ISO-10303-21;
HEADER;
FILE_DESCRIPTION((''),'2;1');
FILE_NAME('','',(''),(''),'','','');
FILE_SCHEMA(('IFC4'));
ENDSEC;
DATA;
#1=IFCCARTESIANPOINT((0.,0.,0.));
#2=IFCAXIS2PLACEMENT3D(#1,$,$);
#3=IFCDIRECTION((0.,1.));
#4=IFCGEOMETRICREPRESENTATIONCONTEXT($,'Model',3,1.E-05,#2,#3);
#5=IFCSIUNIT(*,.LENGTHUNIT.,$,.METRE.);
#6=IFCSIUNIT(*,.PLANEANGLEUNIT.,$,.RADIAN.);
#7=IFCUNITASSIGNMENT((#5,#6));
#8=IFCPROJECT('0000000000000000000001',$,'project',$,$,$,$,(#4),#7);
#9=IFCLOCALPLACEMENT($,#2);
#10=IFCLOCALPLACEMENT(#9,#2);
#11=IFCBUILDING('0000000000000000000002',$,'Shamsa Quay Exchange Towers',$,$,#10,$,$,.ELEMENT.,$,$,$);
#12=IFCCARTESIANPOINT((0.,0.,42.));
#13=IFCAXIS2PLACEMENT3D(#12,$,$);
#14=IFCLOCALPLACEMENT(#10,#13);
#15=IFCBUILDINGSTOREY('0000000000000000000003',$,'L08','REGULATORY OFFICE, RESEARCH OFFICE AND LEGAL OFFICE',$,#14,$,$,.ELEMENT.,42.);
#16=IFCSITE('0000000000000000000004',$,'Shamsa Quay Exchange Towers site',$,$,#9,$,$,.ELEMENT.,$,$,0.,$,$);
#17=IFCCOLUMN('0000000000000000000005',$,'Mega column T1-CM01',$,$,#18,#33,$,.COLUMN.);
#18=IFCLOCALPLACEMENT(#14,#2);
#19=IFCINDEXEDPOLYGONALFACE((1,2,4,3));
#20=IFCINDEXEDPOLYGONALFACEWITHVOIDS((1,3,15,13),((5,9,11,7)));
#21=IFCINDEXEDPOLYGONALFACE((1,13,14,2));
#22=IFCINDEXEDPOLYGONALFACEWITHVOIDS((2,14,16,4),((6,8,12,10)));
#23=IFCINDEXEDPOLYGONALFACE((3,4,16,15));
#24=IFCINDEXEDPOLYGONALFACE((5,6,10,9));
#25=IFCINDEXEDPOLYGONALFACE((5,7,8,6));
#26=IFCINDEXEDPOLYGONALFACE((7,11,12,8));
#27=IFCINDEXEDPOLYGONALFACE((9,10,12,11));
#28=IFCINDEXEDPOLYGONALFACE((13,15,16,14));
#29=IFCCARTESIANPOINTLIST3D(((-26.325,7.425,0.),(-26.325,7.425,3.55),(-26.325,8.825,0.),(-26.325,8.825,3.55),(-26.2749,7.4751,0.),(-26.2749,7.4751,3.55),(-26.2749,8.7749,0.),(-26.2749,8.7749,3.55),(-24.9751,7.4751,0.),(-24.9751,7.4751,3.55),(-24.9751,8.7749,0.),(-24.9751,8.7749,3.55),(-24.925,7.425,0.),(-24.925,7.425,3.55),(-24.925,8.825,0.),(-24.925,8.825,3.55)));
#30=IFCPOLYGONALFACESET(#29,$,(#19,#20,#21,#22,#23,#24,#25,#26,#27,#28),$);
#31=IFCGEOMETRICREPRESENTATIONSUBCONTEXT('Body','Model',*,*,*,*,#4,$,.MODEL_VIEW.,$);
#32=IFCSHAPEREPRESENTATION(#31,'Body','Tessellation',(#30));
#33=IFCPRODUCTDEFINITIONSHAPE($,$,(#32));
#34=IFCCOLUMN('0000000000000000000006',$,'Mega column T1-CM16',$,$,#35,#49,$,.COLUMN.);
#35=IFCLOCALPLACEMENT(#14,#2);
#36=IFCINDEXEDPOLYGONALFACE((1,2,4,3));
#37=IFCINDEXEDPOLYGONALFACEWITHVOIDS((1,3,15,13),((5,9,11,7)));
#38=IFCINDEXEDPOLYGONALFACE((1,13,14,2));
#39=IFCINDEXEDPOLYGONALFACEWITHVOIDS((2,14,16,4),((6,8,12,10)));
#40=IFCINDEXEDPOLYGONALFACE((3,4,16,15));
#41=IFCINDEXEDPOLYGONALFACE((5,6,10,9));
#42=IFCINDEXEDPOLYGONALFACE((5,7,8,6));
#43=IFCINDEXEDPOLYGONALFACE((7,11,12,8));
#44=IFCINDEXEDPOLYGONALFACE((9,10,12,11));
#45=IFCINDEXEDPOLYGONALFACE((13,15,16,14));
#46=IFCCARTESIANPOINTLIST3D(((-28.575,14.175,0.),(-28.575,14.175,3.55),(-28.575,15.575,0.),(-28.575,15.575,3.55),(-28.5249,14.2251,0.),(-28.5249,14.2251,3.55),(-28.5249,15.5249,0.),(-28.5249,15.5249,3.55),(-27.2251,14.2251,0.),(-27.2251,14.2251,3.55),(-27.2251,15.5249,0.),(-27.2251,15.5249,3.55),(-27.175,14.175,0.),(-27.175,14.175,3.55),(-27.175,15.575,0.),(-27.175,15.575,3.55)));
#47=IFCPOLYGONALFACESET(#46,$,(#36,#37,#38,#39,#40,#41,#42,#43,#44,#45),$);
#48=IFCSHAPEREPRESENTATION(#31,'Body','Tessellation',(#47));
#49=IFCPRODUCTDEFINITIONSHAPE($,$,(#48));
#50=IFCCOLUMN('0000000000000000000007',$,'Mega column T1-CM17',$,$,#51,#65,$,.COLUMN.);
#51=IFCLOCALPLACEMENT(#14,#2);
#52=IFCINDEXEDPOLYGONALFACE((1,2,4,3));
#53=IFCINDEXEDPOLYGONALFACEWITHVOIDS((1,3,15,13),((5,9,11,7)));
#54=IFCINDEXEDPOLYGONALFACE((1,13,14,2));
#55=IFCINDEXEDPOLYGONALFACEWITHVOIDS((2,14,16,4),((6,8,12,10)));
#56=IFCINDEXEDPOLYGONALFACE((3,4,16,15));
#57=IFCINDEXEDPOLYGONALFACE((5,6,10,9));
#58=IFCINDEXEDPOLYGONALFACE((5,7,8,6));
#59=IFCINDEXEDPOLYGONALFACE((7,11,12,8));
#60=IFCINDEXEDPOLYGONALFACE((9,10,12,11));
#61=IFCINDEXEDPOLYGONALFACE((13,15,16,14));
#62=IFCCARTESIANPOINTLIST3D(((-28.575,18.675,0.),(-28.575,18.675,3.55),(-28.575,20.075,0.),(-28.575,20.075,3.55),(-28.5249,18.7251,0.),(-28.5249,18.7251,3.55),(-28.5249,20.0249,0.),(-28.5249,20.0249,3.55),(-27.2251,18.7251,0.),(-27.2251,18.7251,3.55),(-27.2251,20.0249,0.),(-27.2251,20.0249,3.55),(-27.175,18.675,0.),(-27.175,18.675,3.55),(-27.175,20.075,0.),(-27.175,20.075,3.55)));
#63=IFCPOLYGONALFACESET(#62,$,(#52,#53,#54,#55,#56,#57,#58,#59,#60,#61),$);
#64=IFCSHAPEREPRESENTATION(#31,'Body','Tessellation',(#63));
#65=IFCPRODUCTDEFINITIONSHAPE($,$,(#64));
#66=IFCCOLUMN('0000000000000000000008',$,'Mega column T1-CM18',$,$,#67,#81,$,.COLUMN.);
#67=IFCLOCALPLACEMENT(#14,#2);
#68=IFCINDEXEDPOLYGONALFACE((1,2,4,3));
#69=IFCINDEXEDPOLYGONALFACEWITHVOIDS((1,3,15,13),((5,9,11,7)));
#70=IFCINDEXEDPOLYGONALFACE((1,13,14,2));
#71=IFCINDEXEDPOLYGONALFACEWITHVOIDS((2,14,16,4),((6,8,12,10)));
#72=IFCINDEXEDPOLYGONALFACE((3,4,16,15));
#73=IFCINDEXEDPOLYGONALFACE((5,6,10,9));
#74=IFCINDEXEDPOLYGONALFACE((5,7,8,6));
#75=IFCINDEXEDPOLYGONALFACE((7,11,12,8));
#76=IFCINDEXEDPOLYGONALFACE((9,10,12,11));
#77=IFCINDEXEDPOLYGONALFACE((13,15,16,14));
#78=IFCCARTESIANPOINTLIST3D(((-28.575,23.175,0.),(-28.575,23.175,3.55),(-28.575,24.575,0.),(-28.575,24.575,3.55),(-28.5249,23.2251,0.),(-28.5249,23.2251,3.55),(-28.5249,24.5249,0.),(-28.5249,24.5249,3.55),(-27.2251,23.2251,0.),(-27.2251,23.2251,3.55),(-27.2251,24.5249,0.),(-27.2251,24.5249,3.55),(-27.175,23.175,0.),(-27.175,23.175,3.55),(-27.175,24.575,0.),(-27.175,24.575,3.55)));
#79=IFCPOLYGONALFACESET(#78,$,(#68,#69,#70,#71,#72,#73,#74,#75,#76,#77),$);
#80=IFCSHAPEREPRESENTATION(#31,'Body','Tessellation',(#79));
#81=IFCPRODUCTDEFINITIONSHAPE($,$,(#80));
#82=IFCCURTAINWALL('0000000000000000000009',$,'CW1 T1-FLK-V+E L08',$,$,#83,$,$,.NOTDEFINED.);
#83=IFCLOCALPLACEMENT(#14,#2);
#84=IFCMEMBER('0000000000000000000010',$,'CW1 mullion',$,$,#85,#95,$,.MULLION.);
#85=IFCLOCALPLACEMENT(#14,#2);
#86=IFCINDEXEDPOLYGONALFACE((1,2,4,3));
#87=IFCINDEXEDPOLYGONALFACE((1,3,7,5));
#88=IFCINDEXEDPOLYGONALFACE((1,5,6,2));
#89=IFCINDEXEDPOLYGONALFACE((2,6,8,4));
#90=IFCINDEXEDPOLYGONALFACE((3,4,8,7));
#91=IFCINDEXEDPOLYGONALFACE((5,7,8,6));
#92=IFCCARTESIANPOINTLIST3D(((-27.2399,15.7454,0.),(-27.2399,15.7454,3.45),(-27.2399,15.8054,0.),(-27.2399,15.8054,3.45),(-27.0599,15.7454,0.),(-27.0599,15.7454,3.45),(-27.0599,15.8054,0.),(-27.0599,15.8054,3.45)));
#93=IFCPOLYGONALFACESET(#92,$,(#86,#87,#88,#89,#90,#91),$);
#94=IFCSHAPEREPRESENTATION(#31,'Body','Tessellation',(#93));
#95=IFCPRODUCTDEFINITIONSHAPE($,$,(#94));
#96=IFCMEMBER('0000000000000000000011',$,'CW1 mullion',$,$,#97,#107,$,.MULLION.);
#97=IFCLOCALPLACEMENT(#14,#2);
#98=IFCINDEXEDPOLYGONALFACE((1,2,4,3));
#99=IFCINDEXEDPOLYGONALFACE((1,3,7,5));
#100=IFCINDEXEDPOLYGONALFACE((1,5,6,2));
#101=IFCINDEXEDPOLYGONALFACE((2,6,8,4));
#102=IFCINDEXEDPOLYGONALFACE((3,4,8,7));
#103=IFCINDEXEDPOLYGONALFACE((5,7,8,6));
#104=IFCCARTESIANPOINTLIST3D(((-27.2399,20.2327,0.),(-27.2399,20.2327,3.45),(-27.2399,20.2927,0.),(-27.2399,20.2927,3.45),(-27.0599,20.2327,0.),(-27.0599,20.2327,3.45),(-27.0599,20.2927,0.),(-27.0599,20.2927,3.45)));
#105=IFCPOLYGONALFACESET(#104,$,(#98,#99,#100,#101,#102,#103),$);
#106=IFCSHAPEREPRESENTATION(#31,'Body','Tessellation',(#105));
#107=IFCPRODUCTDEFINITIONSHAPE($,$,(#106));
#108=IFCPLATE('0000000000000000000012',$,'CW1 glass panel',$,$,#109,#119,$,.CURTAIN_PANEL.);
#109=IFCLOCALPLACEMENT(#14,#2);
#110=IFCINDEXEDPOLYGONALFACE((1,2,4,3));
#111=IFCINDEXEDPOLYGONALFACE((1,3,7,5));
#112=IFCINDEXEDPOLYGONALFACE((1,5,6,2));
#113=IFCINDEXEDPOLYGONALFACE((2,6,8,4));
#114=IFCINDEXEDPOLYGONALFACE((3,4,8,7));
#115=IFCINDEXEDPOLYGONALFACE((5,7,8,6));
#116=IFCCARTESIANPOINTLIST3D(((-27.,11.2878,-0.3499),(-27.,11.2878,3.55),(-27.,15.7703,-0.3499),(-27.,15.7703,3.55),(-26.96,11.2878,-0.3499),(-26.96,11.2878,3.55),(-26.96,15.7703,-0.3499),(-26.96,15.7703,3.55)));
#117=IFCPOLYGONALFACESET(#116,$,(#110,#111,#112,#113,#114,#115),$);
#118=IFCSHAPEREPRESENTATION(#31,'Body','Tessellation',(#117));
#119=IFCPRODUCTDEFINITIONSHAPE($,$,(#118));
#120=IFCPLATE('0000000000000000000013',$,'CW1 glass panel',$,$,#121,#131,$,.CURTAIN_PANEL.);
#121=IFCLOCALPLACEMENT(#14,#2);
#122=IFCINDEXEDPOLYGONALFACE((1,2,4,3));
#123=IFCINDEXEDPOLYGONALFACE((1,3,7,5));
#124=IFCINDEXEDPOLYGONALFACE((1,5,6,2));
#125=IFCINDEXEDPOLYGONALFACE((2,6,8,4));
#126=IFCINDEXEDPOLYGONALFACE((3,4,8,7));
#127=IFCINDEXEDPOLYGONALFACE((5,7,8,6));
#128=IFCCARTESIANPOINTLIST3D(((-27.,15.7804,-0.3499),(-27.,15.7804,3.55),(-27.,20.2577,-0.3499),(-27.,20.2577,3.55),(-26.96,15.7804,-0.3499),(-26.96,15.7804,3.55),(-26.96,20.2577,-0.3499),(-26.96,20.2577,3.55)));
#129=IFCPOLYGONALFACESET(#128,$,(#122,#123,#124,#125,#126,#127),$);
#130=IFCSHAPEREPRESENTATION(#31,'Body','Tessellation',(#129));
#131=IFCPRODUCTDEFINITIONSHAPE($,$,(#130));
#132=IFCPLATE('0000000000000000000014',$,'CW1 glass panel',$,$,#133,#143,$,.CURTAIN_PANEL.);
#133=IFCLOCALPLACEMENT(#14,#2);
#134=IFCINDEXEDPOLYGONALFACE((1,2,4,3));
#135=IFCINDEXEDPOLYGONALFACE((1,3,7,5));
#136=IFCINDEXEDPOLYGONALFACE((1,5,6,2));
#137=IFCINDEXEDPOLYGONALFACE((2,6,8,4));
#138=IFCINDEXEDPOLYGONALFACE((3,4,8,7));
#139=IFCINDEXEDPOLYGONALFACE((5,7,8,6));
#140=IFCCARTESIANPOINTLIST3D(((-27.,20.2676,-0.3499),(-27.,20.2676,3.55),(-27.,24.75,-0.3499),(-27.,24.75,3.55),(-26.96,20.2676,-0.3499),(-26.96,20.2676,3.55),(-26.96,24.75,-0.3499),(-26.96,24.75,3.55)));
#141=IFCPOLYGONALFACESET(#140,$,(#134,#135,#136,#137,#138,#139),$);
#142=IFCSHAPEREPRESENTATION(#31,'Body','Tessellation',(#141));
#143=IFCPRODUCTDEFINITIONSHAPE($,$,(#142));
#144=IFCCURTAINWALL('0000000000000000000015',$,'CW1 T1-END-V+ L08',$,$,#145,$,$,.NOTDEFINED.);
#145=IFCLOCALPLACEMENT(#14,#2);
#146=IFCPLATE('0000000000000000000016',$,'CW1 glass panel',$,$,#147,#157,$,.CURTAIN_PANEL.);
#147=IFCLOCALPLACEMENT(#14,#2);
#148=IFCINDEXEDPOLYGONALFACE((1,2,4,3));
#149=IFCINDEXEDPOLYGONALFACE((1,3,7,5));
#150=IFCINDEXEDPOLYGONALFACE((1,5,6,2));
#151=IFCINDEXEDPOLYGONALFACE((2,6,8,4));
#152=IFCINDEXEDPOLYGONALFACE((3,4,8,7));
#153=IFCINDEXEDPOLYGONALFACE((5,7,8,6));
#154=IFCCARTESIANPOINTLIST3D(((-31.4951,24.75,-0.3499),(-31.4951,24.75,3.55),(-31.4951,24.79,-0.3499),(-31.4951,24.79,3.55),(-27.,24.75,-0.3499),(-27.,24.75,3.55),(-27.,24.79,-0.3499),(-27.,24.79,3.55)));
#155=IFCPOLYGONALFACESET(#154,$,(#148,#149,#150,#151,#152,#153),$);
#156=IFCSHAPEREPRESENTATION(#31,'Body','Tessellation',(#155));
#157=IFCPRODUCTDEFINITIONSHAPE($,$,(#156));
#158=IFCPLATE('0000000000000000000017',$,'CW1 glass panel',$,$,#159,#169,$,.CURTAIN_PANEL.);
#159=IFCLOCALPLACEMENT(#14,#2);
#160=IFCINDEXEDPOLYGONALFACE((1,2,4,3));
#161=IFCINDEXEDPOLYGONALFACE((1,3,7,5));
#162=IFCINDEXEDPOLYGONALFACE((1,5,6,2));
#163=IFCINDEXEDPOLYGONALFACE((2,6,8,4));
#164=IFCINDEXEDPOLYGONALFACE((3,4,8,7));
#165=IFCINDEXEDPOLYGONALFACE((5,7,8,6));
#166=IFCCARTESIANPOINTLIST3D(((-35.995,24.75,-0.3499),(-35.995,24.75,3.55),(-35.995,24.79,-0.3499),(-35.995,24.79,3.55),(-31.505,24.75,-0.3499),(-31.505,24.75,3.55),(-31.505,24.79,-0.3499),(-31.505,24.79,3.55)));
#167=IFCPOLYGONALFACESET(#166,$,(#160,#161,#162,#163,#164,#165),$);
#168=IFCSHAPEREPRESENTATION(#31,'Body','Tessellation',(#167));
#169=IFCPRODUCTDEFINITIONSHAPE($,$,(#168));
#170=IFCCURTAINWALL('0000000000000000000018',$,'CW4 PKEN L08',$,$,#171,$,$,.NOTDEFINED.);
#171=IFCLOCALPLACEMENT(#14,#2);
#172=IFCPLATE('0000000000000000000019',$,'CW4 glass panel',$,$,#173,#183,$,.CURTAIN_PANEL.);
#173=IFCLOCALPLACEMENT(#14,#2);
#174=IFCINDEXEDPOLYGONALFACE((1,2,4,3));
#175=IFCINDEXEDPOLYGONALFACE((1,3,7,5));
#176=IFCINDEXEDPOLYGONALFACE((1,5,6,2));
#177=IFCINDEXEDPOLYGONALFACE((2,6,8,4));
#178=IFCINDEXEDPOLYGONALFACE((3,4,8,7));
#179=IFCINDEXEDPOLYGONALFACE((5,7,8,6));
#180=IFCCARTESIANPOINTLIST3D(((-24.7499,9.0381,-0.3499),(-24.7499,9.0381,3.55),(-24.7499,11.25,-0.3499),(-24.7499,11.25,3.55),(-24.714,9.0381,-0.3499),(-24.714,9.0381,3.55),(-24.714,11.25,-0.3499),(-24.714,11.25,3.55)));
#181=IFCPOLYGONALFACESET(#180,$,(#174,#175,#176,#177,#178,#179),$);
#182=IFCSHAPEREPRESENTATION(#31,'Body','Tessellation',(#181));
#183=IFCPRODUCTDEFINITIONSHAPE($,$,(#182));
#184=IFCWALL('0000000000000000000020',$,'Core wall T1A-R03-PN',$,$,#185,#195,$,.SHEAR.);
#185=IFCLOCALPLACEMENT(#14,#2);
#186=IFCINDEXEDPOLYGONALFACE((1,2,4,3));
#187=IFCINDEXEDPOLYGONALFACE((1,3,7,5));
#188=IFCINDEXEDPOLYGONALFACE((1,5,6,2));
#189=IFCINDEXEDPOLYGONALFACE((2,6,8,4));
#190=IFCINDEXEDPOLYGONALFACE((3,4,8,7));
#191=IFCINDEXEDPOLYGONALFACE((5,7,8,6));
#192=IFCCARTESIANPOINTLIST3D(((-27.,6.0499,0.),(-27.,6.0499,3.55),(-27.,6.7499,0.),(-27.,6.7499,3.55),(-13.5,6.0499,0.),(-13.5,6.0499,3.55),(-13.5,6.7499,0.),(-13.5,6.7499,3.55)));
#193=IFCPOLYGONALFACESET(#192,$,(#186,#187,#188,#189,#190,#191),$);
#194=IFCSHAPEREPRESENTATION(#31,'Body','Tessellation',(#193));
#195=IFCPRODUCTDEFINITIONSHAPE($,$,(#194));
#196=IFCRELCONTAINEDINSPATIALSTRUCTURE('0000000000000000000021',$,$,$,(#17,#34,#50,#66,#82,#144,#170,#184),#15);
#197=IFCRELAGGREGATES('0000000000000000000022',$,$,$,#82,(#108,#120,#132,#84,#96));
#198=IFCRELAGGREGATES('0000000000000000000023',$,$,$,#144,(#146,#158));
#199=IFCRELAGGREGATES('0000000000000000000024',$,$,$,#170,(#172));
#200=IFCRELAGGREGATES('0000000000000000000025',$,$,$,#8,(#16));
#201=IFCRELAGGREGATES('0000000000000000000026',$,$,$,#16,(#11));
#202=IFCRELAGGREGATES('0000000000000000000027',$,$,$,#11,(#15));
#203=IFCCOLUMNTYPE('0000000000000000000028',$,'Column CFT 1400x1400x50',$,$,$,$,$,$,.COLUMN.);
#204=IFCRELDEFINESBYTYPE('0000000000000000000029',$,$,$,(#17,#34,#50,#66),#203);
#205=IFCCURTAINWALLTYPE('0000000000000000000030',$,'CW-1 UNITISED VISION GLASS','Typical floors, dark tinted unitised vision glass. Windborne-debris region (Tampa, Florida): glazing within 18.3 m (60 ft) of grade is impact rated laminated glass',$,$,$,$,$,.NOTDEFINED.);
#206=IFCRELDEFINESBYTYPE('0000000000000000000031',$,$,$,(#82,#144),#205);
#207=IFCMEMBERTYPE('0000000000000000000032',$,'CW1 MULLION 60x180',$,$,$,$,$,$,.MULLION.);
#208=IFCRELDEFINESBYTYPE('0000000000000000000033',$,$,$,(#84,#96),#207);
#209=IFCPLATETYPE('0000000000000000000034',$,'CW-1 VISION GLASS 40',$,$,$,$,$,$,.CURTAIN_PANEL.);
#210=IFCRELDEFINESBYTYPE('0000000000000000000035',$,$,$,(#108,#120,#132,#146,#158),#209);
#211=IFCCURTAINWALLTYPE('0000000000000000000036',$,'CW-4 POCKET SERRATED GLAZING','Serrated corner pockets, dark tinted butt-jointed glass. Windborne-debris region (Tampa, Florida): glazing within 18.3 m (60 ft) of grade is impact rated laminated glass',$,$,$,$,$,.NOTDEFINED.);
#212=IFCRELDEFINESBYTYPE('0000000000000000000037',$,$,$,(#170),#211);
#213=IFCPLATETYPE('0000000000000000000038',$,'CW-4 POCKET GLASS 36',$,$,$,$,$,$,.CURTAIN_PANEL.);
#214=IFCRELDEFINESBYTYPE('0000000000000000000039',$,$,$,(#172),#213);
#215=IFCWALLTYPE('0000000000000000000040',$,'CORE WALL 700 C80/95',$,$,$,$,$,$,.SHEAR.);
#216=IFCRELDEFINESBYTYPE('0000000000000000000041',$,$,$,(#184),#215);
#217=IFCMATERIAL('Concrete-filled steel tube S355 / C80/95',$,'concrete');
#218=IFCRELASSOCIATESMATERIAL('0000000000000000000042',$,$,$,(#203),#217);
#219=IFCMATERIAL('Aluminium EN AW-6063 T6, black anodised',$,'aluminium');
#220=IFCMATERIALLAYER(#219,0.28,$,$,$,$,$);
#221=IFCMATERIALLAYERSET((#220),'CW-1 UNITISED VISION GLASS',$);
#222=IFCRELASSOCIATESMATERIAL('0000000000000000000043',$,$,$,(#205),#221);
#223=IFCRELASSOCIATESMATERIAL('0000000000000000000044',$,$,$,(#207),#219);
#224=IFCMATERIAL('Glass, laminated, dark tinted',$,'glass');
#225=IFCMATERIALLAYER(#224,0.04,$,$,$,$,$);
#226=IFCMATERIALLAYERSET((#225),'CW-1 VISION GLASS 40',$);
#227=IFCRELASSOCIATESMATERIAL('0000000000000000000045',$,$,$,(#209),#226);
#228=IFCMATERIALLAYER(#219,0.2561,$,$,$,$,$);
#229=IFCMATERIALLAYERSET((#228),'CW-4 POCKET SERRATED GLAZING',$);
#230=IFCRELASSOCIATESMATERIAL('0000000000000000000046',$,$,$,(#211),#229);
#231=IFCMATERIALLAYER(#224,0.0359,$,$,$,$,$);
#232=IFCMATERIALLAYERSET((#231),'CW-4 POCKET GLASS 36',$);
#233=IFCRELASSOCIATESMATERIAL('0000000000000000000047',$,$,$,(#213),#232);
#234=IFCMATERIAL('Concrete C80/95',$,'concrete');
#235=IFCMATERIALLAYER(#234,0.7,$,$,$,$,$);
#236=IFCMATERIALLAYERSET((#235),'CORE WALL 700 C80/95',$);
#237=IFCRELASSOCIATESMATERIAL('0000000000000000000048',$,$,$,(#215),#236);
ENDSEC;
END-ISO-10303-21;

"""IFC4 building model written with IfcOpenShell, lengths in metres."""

from ifc_helpers import new_model, si_unit, direction, frame, frame_2d, origin, origin_2d, place, context, subcontext, project, spatial, rectangle, hollow_rectangle, extrude, material, layer, layer_set, material_profile, profile_set, type_object, element, aggregate, save


model = new_model("IFC4")

# Units and contexts
model_context = context("Model", 3, precision=1e-05, world=origin(), true_north=direction((0.0, 1.0)))
body_context = subcontext(model_context, "Body", "Model", "MODEL_VIEW")
ifc_project = project(units=[si_unit("LENGTHUNIT", "METRE"), si_unit("PLANEANGLEUNIT", "RADIAN")], contexts=[model_context])

# Site, building, storey
site_placement = place(None, origin())
site = spatial("IfcSite", under=ifc_project, at=site_placement, Name="Shamsa Quay Exchange Towers site", CompositionType="ELEMENT", RefElevation=0.0)
building_placement = place(site_placement, origin())
building = spatial("IfcBuilding", under=site, at=building_placement, Name="Shamsa Quay Exchange Towers", CompositionType="ELEMENT")
storey_placement = place(building_placement, frame((0.0, 0.0, 42.0)))
storey = spatial("IfcBuildingStorey", under=building, at=storey_placement, Name="L08", Description="REGULATORY OFFICE, RESEARCH OFFICE AND LEGAL OFFICE", CompositionType="ELEMENT", Elevation=42.0)

# Columns
ifc_material_1 = material(Name="Concrete-filled steel tube S355 / C80/95", Category="concrete")
ifc_material_profile_1 = material_profile(ifc_material_1, hollow_rectangle(XDim=1.3999, YDim=1.3999, WallThickness=0.05, at=origin_2d()), Name="CFT 1400x1400x50")
ifc_profile_set_1 = profile_set([ifc_material_profile_1], Name="Concrete-filled steel tube S355 / C80/95")
column_type = type_object("IfcColumnType", Name="Column CFT 1400x1400x50", PredefinedType="COLUMN", material=ifc_profile_set_1)
for number, where, name in (
    (1, (-25.625, 8.125, 0.0), "Mega column T1-CM01"),
    (2, (-27.875, 14.875, 0.0), "Mega column T1-CM16"),
    (3, (-27.875, 19.375, 0.0), "Mega column T1-CM17"),
    (4, (-27.875, 23.875, 0.0), "Mega column T1-CM18"),
):
    element("IfcColumn", number, at=place(storey_placement, frame(where)), inside=storey, type_object=column_type, Name=name, PredefinedType="COLUMN", context=body_context, shape_type="SweptSolid", body=[
        extrude(hollow_rectangle(XDim=1.3999, YDim=1.3999, WallThickness=0.05, at=origin_2d()), origin(), (0.0, 0.0, 1.0), 3.55),
    ])

# Curtain wall, members, plates
ifc_material_2 = material(Name="Aluminium EN AW-6063 T6, black anodised", Category="aluminium")
ifc_layer_1 = layer(ifc_material_2, 0.28)
ifc_layer_set_1 = layer_set([ifc_layer_1], Name="CW-1 UNITISED VISION GLASS")
curtain_wall_type_1 = type_object("IfcCurtainWallType", Name="CW-1 UNITISED VISION GLASS", Description="Typical floors, dark tinted unitised vision glass. Windborne-debris region (Tampa, Florida): glazing within 18.3 m (60 ft) of grade is impact rated laminated glass", PredefinedType="NOTDEFINED", material=ifc_layer_set_1)
curtain_wall_1_placement = place(storey_placement, origin())
curtain_wall_1 = element("IfcCurtainWall", 5, at=curtain_wall_1_placement, inside=storey, type_object=curtain_wall_type_1, Name="CW1 T1-FLK-V+E L08", PredefinedType="NOTDEFINED")
ifc_material_profile_2 = material_profile(ifc_material_2, rectangle(XDim=0.1799, YDim=0.0601, at=origin_2d()), Name="MU60x180")
ifc_profile_set_2 = profile_set([ifc_material_profile_2], Name="Aluminium EN AW-6063 T6, black anodised")
member_type = type_object("IfcMemberType", Name="CW1 MULLION 60x180", PredefinedType="MULLION", material=ifc_profile_set_2)
member_1_placement = place(storey_placement, frame((-27.1499, 15.7754, 0.0), z_axis=(0.0, 0.0, 1.0), x_axis=(-1.0, 0.0, 0.0)))
member_1 = element("IfcMember", 6, at=member_1_placement, type_object=member_type, Name="CW1 mullion", PredefinedType="MULLION", context=body_context, shape_type="SweptSolid", body=[
    extrude(rectangle(XDim=0.1799, YDim=0.0601, at=origin_2d()), origin(), (0.0, 0.0, 1.0), 3.45),
])
member_2_placement = place(storey_placement, frame((-27.1499, 20.2627, 0.0), z_axis=(0.0, 0.0, 1.0), x_axis=(-1.0, 0.0, 0.0)))
member_2 = element("IfcMember", 7, at=member_2_placement, type_object=member_type, Name="CW1 mullion", PredefinedType="MULLION", context=body_context, shape_type="SweptSolid", body=[
    extrude(rectangle(XDim=0.1799, YDim=0.0601, at=origin_2d()), origin(), (0.0, 0.0, 1.0), 3.45),
])
ifc_material_3 = material(Name="Glass, laminated, dark tinted", Category="glass")
ifc_layer_2 = layer(ifc_material_3, 0.04)
ifc_layer_set_2 = layer_set([ifc_layer_2], Name="CW-1 VISION GLASS 40")
plate_type_1 = type_object("IfcPlateType", Name="CW-1 VISION GLASS 40", PredefinedType="CURTAIN_PANEL", material=ifc_layer_set_2)
plate_1_placement = place(storey_placement, frame((-26.98, 13.5291, -0.3499), z_axis=(0.0, 0.0, 1.0), x_axis=(0.0, 1.0, 0.0)))
plate_1 = element("IfcPlate", 8, at=plate_1_placement, type_object=plate_type_1, Name="CW1 glass panel", PredefinedType="CURTAIN_PANEL", context=body_context, shape_type="SweptSolid", body=[
    extrude(rectangle(XDim=4.4824, YDim=0.04, at=origin_2d()), origin(), (0.0, 0.0, 1.0), 3.8999),
])
plate_2_placement = place(storey_placement, frame((-26.98, 18.019, -0.3499), z_axis=(0.0, 0.0, 1.0), x_axis=(0.0, 1.0, 0.0)))
plate_2 = element("IfcPlate", 9, at=plate_2_placement, type_object=plate_type_1, Name="CW1 glass panel", PredefinedType="CURTAIN_PANEL", context=body_context, shape_type="SweptSolid", body=[
    extrude(rectangle(XDim=4.4773, YDim=0.04, at=origin_2d()), origin(), (0.0, 0.0, 1.0), 3.8999),
])
plate_3_placement = place(storey_placement, frame((-26.98, 22.5088, -0.3499), z_axis=(0.0, 0.0, 1.0), x_axis=(0.0, 1.0, 0.0)))
plate_3 = element("IfcPlate", 10, at=plate_3_placement, type_object=plate_type_1, Name="CW1 glass panel", PredefinedType="CURTAIN_PANEL", context=body_context, shape_type="SweptSolid", body=[
    extrude(rectangle(XDim=4.4824, YDim=0.04, at=origin_2d()), origin(), (0.0, 0.0, 1.0), 3.8999),
])
aggregate(curtain_wall_1, [plate_1, plate_2, plate_3, member_1, member_2])

# Curtain wall, plates
curtain_wall_2_placement = place(storey_placement, origin())
curtain_wall_2 = element("IfcCurtainWall", 11, at=curtain_wall_2_placement, inside=storey, type_object=curtain_wall_type_1, Name="CW1 T1-END-V+ L08", PredefinedType="NOTDEFINED")
plate_4_placement = place(storey_placement, frame((-29.2476, 24.77, -0.3499), z_axis=(0.0, 0.0, 1.0), x_axis=(-1.0, 0.0, 0.0)))
plate_4 = element("IfcPlate", 12, at=plate_4_placement, type_object=plate_type_1, Name="CW1 glass panel", PredefinedType="CURTAIN_PANEL", context=body_context, shape_type="SweptSolid", body=[
    extrude(rectangle(XDim=4.4951, YDim=0.04, at=origin_2d()), origin(), (0.0, 0.0, 1.0), 3.8999),
])
plate_5_placement = place(storey_placement, frame((-33.75, 24.77, -0.3499), z_axis=(0.0, 0.0, 1.0), x_axis=(-1.0, 0.0, 0.0)))
plate_5 = element("IfcPlate", 13, at=plate_5_placement, type_object=plate_type_1, Name="CW1 glass panel", PredefinedType="CURTAIN_PANEL", context=body_context, shape_type="SweptSolid", body=[
    extrude(rectangle(XDim=4.49, YDim=0.04, at=origin_2d()), origin(), (0.0, 0.0, 1.0), 3.8999),
])
aggregate(curtain_wall_2, [plate_4, plate_5])

# Curtain wall, plate
ifc_layer_3 = layer(ifc_material_2, 0.2561)
ifc_layer_set_3 = layer_set([ifc_layer_3], Name="CW-4 POCKET SERRATED GLAZING")
curtain_wall_type_2 = type_object("IfcCurtainWallType", Name="CW-4 POCKET SERRATED GLAZING", Description="Serrated corner pockets, dark tinted butt-jointed glass. Windborne-debris region (Tampa, Florida): glazing within 18.3 m (60 ft) of grade is impact rated laminated glass", PredefinedType="NOTDEFINED", material=ifc_layer_set_3)
curtain_wall_3_placement = place(storey_placement, origin())
curtain_wall_3 = element("IfcCurtainWall", 14, at=curtain_wall_3_placement, inside=storey, type_object=curtain_wall_type_2, Name="CW4 PKEN L08", PredefinedType="NOTDEFINED")
ifc_layer_4 = layer(ifc_material_3, 0.0359)
ifc_layer_set_4 = layer_set([ifc_layer_4], Name="CW-4 POCKET GLASS 36")
plate_type_2 = type_object("IfcPlateType", Name="CW-4 POCKET GLASS 36", PredefinedType="CURTAIN_PANEL", material=ifc_layer_set_4)
plate_6_placement = place(storey_placement, frame((-24.7319, 10.144, -0.3499), z_axis=(0.0, 0.0, 1.0), x_axis=(0.0, 1.0, 0.0)))
plate_6 = element("IfcPlate", 15, at=plate_6_placement, type_object=plate_type_2, Name="CW4 glass panel", PredefinedType="CURTAIN_PANEL", context=body_context, shape_type="SweptSolid", body=[
    extrude(rectangle(XDim=2.2119, YDim=0.0359, at=origin_2d()), origin(), (0.0, 0.0, 1.0), 3.8999),
])
aggregate(curtain_wall_3, [plate_6])

# Wall
ifc_material_4 = material(Name="Concrete C80/95", Category="concrete")
ifc_layer_5 = layer(ifc_material_4, 0.7)
ifc_layer_set_5 = layer_set([ifc_layer_5], Name="CORE WALL 700 C80/95")
wall_type_1 = type_object("IfcWallType", Name="CORE WALL 700 C80/95", PredefinedType="SHEAR", material=ifc_layer_set_5)
wall_1_placement = place(storey_placement, frame((-27.0, 6.3999, 0.0)))
element("IfcWall", 16, at=wall_1_placement, inside=storey, type_object=wall_type_1, Name="Core wall T1A-R03-PN", PredefinedType="SHEAR", context=body_context, shape_type="SweptSolid", body=[
    extrude(rectangle(XDim=13.5, YDim=0.7, at=frame_2d((6.75, 0.0))), origin(), (0.0, 0.0, 1.0), 3.55),
])

save(model, "model.ifc")
